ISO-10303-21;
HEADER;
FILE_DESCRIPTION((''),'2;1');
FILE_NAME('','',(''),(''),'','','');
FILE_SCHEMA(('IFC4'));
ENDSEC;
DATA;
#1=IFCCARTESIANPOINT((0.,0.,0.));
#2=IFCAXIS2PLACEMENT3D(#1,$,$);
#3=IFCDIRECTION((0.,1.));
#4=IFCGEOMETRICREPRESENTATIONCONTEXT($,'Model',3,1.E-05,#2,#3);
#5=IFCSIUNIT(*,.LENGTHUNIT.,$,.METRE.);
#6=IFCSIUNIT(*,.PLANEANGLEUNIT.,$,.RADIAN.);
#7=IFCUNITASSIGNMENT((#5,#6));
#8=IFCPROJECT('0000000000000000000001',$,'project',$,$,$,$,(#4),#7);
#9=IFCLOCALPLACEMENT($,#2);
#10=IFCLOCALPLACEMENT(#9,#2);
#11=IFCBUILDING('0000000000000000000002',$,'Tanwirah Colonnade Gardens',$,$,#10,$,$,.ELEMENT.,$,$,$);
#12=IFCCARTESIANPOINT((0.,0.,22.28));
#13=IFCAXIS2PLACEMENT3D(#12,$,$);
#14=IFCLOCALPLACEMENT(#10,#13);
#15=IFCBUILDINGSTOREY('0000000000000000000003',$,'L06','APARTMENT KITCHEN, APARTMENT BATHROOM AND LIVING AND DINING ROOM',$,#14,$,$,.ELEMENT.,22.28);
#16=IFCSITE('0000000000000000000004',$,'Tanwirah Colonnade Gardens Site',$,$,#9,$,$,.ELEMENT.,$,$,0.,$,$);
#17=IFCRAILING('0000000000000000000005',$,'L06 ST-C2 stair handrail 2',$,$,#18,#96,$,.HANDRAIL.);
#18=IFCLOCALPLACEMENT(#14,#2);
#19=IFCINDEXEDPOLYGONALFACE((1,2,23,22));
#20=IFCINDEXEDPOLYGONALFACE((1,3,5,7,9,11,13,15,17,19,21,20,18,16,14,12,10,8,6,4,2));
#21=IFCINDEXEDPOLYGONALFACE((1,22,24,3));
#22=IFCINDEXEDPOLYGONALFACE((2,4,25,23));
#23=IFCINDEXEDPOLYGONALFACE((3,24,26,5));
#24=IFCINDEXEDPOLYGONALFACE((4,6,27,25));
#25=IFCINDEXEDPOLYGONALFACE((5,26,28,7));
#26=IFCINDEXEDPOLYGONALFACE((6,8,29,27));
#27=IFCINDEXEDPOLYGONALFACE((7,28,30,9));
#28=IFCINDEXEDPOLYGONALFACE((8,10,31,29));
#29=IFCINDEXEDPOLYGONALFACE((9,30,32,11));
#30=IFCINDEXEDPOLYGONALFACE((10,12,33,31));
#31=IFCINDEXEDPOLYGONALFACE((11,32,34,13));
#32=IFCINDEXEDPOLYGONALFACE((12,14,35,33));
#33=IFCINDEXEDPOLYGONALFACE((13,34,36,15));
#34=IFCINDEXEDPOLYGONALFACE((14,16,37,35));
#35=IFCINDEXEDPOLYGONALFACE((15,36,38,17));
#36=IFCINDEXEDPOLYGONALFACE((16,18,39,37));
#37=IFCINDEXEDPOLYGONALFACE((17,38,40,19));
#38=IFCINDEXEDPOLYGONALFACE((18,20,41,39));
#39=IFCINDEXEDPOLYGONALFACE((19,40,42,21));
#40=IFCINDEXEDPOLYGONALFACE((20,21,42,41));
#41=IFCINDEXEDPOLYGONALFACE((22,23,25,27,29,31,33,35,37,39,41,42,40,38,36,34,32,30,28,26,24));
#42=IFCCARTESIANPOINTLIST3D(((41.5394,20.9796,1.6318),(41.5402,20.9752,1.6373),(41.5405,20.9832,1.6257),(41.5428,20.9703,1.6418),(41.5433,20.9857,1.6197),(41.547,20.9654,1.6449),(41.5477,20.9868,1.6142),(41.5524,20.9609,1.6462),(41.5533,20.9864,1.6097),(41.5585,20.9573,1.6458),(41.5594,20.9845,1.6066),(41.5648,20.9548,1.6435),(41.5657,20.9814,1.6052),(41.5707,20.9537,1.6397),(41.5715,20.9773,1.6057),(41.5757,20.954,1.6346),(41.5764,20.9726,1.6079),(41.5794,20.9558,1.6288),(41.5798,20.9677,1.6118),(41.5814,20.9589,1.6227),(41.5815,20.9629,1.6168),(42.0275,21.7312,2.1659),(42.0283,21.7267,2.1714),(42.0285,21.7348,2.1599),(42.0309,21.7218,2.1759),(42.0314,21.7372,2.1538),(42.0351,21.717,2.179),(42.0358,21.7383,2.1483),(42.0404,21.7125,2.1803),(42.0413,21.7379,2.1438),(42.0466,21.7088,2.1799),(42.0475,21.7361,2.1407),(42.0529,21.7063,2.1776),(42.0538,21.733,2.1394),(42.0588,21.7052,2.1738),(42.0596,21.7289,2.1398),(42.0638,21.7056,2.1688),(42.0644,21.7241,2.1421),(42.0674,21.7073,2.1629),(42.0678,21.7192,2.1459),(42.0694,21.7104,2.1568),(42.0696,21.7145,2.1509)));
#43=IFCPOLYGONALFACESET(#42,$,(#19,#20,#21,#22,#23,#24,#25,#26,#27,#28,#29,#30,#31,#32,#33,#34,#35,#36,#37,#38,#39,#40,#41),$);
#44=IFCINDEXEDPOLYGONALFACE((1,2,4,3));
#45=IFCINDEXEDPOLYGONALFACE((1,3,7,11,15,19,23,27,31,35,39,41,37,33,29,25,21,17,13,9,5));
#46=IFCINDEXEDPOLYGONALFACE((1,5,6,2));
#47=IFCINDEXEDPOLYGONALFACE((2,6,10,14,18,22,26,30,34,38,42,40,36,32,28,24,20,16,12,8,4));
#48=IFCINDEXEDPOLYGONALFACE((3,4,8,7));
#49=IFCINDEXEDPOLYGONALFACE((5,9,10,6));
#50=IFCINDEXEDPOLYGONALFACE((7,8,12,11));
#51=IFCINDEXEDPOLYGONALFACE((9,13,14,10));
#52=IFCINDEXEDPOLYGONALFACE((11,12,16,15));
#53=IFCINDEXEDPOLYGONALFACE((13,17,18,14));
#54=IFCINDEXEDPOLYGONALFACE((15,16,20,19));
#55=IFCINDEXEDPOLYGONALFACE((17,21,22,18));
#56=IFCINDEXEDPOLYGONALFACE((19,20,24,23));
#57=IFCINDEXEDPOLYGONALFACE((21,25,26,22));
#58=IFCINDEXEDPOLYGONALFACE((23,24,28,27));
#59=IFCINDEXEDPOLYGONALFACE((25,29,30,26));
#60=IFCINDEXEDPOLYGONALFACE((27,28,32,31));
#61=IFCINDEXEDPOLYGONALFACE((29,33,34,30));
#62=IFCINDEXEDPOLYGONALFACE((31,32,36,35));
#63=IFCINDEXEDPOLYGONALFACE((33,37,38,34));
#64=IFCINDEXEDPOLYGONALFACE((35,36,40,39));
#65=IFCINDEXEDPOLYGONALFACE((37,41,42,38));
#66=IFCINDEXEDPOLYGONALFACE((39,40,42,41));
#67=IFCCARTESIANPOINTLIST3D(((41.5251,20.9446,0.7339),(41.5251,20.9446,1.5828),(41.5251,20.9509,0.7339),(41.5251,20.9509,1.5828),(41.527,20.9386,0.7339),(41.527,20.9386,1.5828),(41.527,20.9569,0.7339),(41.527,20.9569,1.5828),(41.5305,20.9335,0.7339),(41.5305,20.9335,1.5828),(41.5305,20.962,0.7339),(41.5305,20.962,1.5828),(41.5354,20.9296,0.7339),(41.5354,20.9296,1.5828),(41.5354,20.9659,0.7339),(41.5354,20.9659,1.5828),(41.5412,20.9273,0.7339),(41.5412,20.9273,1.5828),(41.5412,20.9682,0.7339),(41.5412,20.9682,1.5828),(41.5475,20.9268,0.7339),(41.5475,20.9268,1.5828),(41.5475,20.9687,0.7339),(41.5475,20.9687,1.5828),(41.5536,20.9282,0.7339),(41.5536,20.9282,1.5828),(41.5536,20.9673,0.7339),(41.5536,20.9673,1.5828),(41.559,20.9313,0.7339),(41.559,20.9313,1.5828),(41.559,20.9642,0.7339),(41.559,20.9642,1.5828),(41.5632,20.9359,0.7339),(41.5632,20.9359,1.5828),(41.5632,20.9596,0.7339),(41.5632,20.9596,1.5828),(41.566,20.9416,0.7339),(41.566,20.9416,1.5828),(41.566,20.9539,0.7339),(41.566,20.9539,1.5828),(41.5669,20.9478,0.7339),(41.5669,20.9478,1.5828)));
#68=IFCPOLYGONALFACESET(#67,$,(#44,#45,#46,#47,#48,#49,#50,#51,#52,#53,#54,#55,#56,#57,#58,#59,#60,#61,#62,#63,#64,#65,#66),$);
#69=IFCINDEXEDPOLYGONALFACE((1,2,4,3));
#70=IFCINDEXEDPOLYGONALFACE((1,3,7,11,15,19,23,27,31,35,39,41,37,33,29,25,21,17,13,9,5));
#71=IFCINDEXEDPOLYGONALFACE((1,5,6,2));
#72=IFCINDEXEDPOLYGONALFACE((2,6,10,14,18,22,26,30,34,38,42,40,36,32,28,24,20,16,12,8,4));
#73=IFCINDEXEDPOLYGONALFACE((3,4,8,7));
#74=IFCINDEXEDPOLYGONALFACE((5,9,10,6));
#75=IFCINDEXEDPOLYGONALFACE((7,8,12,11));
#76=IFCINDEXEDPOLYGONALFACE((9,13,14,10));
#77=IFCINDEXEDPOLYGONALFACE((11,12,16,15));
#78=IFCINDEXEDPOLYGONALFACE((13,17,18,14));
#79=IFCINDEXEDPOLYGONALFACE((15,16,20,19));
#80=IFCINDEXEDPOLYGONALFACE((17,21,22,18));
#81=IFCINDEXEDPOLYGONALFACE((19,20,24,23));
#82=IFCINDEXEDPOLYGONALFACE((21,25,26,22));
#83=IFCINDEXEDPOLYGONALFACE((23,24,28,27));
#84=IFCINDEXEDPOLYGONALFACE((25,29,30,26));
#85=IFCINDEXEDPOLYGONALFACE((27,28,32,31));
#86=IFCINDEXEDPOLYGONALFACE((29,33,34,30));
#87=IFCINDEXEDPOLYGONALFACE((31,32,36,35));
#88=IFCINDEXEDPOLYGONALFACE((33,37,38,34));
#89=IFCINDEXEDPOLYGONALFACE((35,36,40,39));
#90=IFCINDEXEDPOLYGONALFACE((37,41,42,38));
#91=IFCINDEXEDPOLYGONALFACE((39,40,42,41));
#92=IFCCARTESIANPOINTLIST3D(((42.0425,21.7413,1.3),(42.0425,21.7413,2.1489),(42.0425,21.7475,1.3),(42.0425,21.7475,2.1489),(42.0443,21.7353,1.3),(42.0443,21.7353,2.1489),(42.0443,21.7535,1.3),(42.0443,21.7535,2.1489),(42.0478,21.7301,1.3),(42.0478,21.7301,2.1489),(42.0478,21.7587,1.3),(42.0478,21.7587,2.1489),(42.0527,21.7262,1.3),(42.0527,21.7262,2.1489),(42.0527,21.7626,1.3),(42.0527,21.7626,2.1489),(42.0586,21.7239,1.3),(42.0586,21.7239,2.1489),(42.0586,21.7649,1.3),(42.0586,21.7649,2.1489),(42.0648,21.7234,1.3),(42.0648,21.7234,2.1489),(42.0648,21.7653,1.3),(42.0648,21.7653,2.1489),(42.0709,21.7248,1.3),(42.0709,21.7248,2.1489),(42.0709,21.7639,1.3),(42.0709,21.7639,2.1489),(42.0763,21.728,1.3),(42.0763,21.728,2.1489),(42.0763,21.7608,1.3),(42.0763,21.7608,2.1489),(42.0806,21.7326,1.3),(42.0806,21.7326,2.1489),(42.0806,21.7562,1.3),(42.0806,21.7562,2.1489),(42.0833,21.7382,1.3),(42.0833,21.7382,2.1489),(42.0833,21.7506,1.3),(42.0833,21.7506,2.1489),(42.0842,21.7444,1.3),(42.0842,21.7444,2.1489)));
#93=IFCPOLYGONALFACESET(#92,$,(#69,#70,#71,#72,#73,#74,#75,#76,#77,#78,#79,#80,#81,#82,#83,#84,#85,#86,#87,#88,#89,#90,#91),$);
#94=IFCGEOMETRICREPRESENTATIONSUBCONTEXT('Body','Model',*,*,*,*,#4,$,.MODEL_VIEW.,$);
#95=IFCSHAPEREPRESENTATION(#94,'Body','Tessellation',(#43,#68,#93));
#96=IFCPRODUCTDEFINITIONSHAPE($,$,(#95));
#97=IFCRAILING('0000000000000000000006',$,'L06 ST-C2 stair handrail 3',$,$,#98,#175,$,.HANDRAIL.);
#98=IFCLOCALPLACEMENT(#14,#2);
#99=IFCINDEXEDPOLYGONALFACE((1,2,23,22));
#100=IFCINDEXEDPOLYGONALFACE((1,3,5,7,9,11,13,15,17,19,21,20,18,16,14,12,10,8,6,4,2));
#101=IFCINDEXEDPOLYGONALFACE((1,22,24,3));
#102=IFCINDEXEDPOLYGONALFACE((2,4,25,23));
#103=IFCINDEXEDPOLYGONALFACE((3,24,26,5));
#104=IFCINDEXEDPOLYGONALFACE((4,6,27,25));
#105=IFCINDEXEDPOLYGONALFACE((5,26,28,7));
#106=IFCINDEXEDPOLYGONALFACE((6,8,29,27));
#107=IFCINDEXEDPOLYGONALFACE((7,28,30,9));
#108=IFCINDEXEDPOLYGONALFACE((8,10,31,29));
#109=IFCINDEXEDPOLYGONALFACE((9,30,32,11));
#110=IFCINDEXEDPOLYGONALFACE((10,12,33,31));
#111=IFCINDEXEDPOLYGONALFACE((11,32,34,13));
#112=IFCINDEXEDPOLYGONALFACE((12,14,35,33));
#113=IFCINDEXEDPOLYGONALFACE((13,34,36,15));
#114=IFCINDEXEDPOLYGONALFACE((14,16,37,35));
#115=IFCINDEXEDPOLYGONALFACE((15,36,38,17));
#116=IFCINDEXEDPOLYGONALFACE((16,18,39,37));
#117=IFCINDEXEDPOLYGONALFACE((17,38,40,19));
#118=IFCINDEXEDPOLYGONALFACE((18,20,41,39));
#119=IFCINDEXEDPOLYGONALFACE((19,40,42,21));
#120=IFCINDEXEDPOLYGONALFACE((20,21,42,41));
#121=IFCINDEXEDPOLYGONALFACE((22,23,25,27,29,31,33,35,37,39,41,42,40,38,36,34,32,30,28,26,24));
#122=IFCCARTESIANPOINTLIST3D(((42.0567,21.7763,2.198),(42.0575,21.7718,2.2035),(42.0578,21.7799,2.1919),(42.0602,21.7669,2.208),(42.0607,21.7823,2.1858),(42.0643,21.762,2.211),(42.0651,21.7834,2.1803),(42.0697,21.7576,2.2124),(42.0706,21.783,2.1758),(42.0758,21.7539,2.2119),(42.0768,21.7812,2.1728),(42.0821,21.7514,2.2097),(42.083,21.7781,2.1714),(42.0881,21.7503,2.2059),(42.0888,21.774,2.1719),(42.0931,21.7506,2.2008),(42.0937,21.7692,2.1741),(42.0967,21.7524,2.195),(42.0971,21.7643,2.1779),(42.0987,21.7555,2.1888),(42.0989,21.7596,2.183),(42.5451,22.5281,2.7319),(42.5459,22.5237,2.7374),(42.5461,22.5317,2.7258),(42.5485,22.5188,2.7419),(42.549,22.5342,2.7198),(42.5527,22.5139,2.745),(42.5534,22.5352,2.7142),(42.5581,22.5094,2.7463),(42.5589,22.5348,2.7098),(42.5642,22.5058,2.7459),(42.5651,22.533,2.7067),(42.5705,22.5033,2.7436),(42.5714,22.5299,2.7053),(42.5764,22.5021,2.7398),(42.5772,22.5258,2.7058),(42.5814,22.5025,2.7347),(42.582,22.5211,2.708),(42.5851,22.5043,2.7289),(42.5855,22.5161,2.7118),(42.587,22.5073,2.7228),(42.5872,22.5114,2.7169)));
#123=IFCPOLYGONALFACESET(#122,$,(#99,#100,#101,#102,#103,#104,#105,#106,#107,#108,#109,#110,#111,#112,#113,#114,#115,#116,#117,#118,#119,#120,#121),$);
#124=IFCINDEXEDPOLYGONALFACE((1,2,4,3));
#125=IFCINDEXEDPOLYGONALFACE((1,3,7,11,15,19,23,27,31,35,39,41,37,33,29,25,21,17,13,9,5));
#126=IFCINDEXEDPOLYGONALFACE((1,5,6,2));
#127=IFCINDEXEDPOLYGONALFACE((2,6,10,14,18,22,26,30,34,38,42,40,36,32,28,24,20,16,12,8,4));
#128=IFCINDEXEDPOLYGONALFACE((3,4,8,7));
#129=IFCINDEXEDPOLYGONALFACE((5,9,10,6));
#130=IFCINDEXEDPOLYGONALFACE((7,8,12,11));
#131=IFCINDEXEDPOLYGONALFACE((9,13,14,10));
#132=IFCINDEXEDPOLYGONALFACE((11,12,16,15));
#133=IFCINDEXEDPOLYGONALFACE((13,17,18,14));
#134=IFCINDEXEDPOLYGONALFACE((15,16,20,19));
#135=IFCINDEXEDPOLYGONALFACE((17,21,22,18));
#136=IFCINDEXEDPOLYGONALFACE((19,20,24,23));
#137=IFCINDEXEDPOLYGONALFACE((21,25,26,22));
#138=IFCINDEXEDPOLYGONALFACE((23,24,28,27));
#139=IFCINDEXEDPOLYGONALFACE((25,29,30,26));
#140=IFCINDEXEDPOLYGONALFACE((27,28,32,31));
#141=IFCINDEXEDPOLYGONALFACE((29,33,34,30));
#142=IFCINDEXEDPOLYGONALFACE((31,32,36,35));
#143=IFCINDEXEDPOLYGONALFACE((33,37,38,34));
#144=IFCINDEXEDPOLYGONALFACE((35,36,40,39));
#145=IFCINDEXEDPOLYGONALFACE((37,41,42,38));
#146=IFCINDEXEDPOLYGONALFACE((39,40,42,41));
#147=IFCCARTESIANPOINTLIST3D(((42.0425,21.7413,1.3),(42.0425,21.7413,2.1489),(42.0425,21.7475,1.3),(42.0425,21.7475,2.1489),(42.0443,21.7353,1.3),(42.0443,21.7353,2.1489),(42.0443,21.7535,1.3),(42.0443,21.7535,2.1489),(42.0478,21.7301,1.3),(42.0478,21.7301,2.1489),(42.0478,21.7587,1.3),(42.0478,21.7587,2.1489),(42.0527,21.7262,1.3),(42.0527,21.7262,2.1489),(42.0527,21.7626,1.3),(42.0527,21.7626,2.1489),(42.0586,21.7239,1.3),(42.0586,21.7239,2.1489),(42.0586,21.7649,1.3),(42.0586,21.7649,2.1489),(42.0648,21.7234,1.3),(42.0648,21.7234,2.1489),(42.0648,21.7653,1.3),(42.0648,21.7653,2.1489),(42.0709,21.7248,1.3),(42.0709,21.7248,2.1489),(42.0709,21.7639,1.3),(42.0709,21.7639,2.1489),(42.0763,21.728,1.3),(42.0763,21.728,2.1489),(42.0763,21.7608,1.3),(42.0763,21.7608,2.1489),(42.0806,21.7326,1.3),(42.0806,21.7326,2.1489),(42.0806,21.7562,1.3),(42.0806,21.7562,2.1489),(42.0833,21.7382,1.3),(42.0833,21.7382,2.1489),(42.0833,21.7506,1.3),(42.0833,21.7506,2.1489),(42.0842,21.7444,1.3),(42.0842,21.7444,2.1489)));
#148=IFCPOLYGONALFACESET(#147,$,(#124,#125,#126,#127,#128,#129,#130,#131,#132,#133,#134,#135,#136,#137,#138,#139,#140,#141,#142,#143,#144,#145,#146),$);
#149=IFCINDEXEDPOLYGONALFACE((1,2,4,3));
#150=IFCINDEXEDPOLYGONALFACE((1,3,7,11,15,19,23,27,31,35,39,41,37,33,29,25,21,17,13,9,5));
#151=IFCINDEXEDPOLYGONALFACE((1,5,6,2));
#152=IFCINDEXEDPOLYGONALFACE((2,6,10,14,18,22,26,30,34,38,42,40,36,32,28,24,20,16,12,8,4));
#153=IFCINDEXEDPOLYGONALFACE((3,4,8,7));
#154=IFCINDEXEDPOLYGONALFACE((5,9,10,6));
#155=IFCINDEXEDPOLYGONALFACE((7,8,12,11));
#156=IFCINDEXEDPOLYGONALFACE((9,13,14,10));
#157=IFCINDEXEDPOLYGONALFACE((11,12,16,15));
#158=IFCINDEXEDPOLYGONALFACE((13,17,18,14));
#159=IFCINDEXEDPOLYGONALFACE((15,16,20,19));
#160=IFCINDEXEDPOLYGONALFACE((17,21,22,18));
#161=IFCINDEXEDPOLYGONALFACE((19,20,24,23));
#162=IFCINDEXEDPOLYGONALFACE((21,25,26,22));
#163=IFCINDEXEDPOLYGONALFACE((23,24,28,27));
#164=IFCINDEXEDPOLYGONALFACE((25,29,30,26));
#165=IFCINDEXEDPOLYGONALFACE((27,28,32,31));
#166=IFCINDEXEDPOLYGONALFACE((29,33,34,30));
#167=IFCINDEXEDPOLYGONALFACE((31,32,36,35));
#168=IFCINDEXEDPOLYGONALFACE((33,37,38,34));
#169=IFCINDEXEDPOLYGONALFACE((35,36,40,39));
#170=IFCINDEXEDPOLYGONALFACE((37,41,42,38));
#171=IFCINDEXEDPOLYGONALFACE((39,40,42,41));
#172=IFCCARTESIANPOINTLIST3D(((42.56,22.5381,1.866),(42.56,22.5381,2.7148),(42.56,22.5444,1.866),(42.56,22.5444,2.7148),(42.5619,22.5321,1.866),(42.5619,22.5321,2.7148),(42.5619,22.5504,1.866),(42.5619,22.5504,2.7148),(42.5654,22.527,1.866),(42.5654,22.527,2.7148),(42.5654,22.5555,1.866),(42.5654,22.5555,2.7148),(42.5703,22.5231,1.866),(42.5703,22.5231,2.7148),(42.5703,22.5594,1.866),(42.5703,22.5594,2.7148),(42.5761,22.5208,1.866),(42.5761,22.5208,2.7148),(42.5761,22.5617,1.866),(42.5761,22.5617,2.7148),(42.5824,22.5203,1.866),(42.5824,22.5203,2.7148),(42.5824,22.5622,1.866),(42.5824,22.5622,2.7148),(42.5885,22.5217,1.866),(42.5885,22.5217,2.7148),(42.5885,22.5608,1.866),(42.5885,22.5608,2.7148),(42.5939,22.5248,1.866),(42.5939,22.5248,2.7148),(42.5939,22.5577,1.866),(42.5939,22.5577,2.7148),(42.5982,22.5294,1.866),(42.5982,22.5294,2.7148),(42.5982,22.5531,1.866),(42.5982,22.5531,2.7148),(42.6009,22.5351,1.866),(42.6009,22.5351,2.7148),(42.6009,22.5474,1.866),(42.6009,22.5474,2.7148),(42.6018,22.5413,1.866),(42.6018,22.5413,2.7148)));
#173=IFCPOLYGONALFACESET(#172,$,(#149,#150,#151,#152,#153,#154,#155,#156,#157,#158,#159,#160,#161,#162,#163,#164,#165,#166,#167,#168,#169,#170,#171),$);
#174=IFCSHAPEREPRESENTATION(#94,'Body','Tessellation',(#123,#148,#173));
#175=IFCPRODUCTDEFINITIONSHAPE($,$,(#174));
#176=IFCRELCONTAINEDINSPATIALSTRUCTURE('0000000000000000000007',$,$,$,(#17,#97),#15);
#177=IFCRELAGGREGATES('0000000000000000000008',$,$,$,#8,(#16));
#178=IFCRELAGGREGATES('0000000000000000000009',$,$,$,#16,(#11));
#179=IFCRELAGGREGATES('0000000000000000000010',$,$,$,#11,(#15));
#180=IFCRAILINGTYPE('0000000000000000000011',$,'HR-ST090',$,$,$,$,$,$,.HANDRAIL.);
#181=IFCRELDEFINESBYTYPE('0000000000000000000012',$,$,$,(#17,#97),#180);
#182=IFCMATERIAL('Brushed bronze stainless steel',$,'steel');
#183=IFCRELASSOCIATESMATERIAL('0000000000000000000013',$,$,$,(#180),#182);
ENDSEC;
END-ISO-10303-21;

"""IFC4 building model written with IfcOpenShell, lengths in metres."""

from ifc_helpers import new_model, si_unit, direction, frame, origin, origin_2d, place, context, subcontext, project, spatial, circle, extrude, material, type_object, element, save


model = new_model("IFC4")

# Units and contexts
model_context = context("Model", 3, precision=1e-05, world=origin(), true_north=direction((0.0, 1.0)))
body_context = subcontext(model_context, "Body", "Model", "MODEL_VIEW")
ifc_project = project(units=[si_unit("LENGTHUNIT", "METRE"), si_unit("PLANEANGLEUNIT", "RADIAN")], contexts=[model_context])

# Site, building, storey
site_placement = place(None, origin())
site = spatial("IfcSite", under=ifc_project, at=site_placement, Name="Tanwirah Colonnade Gardens Site", CompositionType="ELEMENT", RefElevation=0.0)
building_placement = place(site_placement, origin())
building = spatial("IfcBuilding", under=site, at=building_placement, Name="Tanwirah Colonnade Gardens", CompositionType="ELEMENT")
storey_placement = place(building_placement, frame((0.0, 0.0, 22.28)))
storey = spatial("IfcBuildingStorey", under=building, at=storey_placement, Name="L06", Description="APARTMENT KITCHEN, APARTMENT BATHROOM AND LIVING AND DINING ROOM", CompositionType="ELEMENT", Elevation=22.28)

# Railings
ifc_material_1 = material(Name="Brushed bronze stainless steel", Category="steel")
railing_type_1 = type_object("IfcRailingType", Name="HR-ST090", PredefinedType="HANDRAIL", material=ifc_material_1)
railing_1_placement = place(storey_placement, frame((41.5459, 20.9478, 0.7339)))
element("IfcRailing", 1, at=railing_1_placement, inside=storey, type_object=railing_type_1, Name="L06 ST-C2 stair handrail 2", PredefinedType="HANDRAIL", context=body_context, shape_type="SweptSolid", body=[
    extrude(circle(Radius=0.0239, at=origin_2d()), frame((0.0146, 0.0225, 0.8918), z_axis=(0.467837, 0.720411, 0.511993), x_axis=(-0.838673, 0.544636, 0.0)), (0.0, 0.0, 1.0), 1.0432),
    extrude(circle(Radius=0.021, at=origin_2d()), origin(), (0.0, 0.0, 1.0), 0.8489),
    extrude(circle(Radius=0.021, at=origin_2d()), frame((0.5173, 0.7966, 0.5662)), (0.0, 0.0, 1.0), 0.8489),
])
railing_2_placement = place(storey_placement, frame((42.0632, 21.7444, 1.3)))
element("IfcRailing", 2, at=railing_2_placement, inside=storey, type_object=railing_type_1, Name="L06 ST-C2 stair handrail 3", PredefinedType="HANDRAIL", context=body_context, shape_type="SweptSolid", body=[
    extrude(circle(Radius=0.0239, at=origin_2d()), frame((0.0146, 0.0225, 0.8918), z_axis=(0.467988, 0.720524, 0.511696), x_axis=(-0.838631, 0.544699, 0.0)), (0.0, 0.0, 1.0), 1.0435),
    extrude(circle(Radius=0.021, at=origin_2d()), origin(), (0.0, 0.0, 1.0), 0.8489),
    extrude(circle(Radius=0.021, at=origin_2d()), frame((0.5176, 0.7969, 0.5659)), (0.0, 0.0, 1.0), 0.8489),
])

save(model, "model.ifc")
